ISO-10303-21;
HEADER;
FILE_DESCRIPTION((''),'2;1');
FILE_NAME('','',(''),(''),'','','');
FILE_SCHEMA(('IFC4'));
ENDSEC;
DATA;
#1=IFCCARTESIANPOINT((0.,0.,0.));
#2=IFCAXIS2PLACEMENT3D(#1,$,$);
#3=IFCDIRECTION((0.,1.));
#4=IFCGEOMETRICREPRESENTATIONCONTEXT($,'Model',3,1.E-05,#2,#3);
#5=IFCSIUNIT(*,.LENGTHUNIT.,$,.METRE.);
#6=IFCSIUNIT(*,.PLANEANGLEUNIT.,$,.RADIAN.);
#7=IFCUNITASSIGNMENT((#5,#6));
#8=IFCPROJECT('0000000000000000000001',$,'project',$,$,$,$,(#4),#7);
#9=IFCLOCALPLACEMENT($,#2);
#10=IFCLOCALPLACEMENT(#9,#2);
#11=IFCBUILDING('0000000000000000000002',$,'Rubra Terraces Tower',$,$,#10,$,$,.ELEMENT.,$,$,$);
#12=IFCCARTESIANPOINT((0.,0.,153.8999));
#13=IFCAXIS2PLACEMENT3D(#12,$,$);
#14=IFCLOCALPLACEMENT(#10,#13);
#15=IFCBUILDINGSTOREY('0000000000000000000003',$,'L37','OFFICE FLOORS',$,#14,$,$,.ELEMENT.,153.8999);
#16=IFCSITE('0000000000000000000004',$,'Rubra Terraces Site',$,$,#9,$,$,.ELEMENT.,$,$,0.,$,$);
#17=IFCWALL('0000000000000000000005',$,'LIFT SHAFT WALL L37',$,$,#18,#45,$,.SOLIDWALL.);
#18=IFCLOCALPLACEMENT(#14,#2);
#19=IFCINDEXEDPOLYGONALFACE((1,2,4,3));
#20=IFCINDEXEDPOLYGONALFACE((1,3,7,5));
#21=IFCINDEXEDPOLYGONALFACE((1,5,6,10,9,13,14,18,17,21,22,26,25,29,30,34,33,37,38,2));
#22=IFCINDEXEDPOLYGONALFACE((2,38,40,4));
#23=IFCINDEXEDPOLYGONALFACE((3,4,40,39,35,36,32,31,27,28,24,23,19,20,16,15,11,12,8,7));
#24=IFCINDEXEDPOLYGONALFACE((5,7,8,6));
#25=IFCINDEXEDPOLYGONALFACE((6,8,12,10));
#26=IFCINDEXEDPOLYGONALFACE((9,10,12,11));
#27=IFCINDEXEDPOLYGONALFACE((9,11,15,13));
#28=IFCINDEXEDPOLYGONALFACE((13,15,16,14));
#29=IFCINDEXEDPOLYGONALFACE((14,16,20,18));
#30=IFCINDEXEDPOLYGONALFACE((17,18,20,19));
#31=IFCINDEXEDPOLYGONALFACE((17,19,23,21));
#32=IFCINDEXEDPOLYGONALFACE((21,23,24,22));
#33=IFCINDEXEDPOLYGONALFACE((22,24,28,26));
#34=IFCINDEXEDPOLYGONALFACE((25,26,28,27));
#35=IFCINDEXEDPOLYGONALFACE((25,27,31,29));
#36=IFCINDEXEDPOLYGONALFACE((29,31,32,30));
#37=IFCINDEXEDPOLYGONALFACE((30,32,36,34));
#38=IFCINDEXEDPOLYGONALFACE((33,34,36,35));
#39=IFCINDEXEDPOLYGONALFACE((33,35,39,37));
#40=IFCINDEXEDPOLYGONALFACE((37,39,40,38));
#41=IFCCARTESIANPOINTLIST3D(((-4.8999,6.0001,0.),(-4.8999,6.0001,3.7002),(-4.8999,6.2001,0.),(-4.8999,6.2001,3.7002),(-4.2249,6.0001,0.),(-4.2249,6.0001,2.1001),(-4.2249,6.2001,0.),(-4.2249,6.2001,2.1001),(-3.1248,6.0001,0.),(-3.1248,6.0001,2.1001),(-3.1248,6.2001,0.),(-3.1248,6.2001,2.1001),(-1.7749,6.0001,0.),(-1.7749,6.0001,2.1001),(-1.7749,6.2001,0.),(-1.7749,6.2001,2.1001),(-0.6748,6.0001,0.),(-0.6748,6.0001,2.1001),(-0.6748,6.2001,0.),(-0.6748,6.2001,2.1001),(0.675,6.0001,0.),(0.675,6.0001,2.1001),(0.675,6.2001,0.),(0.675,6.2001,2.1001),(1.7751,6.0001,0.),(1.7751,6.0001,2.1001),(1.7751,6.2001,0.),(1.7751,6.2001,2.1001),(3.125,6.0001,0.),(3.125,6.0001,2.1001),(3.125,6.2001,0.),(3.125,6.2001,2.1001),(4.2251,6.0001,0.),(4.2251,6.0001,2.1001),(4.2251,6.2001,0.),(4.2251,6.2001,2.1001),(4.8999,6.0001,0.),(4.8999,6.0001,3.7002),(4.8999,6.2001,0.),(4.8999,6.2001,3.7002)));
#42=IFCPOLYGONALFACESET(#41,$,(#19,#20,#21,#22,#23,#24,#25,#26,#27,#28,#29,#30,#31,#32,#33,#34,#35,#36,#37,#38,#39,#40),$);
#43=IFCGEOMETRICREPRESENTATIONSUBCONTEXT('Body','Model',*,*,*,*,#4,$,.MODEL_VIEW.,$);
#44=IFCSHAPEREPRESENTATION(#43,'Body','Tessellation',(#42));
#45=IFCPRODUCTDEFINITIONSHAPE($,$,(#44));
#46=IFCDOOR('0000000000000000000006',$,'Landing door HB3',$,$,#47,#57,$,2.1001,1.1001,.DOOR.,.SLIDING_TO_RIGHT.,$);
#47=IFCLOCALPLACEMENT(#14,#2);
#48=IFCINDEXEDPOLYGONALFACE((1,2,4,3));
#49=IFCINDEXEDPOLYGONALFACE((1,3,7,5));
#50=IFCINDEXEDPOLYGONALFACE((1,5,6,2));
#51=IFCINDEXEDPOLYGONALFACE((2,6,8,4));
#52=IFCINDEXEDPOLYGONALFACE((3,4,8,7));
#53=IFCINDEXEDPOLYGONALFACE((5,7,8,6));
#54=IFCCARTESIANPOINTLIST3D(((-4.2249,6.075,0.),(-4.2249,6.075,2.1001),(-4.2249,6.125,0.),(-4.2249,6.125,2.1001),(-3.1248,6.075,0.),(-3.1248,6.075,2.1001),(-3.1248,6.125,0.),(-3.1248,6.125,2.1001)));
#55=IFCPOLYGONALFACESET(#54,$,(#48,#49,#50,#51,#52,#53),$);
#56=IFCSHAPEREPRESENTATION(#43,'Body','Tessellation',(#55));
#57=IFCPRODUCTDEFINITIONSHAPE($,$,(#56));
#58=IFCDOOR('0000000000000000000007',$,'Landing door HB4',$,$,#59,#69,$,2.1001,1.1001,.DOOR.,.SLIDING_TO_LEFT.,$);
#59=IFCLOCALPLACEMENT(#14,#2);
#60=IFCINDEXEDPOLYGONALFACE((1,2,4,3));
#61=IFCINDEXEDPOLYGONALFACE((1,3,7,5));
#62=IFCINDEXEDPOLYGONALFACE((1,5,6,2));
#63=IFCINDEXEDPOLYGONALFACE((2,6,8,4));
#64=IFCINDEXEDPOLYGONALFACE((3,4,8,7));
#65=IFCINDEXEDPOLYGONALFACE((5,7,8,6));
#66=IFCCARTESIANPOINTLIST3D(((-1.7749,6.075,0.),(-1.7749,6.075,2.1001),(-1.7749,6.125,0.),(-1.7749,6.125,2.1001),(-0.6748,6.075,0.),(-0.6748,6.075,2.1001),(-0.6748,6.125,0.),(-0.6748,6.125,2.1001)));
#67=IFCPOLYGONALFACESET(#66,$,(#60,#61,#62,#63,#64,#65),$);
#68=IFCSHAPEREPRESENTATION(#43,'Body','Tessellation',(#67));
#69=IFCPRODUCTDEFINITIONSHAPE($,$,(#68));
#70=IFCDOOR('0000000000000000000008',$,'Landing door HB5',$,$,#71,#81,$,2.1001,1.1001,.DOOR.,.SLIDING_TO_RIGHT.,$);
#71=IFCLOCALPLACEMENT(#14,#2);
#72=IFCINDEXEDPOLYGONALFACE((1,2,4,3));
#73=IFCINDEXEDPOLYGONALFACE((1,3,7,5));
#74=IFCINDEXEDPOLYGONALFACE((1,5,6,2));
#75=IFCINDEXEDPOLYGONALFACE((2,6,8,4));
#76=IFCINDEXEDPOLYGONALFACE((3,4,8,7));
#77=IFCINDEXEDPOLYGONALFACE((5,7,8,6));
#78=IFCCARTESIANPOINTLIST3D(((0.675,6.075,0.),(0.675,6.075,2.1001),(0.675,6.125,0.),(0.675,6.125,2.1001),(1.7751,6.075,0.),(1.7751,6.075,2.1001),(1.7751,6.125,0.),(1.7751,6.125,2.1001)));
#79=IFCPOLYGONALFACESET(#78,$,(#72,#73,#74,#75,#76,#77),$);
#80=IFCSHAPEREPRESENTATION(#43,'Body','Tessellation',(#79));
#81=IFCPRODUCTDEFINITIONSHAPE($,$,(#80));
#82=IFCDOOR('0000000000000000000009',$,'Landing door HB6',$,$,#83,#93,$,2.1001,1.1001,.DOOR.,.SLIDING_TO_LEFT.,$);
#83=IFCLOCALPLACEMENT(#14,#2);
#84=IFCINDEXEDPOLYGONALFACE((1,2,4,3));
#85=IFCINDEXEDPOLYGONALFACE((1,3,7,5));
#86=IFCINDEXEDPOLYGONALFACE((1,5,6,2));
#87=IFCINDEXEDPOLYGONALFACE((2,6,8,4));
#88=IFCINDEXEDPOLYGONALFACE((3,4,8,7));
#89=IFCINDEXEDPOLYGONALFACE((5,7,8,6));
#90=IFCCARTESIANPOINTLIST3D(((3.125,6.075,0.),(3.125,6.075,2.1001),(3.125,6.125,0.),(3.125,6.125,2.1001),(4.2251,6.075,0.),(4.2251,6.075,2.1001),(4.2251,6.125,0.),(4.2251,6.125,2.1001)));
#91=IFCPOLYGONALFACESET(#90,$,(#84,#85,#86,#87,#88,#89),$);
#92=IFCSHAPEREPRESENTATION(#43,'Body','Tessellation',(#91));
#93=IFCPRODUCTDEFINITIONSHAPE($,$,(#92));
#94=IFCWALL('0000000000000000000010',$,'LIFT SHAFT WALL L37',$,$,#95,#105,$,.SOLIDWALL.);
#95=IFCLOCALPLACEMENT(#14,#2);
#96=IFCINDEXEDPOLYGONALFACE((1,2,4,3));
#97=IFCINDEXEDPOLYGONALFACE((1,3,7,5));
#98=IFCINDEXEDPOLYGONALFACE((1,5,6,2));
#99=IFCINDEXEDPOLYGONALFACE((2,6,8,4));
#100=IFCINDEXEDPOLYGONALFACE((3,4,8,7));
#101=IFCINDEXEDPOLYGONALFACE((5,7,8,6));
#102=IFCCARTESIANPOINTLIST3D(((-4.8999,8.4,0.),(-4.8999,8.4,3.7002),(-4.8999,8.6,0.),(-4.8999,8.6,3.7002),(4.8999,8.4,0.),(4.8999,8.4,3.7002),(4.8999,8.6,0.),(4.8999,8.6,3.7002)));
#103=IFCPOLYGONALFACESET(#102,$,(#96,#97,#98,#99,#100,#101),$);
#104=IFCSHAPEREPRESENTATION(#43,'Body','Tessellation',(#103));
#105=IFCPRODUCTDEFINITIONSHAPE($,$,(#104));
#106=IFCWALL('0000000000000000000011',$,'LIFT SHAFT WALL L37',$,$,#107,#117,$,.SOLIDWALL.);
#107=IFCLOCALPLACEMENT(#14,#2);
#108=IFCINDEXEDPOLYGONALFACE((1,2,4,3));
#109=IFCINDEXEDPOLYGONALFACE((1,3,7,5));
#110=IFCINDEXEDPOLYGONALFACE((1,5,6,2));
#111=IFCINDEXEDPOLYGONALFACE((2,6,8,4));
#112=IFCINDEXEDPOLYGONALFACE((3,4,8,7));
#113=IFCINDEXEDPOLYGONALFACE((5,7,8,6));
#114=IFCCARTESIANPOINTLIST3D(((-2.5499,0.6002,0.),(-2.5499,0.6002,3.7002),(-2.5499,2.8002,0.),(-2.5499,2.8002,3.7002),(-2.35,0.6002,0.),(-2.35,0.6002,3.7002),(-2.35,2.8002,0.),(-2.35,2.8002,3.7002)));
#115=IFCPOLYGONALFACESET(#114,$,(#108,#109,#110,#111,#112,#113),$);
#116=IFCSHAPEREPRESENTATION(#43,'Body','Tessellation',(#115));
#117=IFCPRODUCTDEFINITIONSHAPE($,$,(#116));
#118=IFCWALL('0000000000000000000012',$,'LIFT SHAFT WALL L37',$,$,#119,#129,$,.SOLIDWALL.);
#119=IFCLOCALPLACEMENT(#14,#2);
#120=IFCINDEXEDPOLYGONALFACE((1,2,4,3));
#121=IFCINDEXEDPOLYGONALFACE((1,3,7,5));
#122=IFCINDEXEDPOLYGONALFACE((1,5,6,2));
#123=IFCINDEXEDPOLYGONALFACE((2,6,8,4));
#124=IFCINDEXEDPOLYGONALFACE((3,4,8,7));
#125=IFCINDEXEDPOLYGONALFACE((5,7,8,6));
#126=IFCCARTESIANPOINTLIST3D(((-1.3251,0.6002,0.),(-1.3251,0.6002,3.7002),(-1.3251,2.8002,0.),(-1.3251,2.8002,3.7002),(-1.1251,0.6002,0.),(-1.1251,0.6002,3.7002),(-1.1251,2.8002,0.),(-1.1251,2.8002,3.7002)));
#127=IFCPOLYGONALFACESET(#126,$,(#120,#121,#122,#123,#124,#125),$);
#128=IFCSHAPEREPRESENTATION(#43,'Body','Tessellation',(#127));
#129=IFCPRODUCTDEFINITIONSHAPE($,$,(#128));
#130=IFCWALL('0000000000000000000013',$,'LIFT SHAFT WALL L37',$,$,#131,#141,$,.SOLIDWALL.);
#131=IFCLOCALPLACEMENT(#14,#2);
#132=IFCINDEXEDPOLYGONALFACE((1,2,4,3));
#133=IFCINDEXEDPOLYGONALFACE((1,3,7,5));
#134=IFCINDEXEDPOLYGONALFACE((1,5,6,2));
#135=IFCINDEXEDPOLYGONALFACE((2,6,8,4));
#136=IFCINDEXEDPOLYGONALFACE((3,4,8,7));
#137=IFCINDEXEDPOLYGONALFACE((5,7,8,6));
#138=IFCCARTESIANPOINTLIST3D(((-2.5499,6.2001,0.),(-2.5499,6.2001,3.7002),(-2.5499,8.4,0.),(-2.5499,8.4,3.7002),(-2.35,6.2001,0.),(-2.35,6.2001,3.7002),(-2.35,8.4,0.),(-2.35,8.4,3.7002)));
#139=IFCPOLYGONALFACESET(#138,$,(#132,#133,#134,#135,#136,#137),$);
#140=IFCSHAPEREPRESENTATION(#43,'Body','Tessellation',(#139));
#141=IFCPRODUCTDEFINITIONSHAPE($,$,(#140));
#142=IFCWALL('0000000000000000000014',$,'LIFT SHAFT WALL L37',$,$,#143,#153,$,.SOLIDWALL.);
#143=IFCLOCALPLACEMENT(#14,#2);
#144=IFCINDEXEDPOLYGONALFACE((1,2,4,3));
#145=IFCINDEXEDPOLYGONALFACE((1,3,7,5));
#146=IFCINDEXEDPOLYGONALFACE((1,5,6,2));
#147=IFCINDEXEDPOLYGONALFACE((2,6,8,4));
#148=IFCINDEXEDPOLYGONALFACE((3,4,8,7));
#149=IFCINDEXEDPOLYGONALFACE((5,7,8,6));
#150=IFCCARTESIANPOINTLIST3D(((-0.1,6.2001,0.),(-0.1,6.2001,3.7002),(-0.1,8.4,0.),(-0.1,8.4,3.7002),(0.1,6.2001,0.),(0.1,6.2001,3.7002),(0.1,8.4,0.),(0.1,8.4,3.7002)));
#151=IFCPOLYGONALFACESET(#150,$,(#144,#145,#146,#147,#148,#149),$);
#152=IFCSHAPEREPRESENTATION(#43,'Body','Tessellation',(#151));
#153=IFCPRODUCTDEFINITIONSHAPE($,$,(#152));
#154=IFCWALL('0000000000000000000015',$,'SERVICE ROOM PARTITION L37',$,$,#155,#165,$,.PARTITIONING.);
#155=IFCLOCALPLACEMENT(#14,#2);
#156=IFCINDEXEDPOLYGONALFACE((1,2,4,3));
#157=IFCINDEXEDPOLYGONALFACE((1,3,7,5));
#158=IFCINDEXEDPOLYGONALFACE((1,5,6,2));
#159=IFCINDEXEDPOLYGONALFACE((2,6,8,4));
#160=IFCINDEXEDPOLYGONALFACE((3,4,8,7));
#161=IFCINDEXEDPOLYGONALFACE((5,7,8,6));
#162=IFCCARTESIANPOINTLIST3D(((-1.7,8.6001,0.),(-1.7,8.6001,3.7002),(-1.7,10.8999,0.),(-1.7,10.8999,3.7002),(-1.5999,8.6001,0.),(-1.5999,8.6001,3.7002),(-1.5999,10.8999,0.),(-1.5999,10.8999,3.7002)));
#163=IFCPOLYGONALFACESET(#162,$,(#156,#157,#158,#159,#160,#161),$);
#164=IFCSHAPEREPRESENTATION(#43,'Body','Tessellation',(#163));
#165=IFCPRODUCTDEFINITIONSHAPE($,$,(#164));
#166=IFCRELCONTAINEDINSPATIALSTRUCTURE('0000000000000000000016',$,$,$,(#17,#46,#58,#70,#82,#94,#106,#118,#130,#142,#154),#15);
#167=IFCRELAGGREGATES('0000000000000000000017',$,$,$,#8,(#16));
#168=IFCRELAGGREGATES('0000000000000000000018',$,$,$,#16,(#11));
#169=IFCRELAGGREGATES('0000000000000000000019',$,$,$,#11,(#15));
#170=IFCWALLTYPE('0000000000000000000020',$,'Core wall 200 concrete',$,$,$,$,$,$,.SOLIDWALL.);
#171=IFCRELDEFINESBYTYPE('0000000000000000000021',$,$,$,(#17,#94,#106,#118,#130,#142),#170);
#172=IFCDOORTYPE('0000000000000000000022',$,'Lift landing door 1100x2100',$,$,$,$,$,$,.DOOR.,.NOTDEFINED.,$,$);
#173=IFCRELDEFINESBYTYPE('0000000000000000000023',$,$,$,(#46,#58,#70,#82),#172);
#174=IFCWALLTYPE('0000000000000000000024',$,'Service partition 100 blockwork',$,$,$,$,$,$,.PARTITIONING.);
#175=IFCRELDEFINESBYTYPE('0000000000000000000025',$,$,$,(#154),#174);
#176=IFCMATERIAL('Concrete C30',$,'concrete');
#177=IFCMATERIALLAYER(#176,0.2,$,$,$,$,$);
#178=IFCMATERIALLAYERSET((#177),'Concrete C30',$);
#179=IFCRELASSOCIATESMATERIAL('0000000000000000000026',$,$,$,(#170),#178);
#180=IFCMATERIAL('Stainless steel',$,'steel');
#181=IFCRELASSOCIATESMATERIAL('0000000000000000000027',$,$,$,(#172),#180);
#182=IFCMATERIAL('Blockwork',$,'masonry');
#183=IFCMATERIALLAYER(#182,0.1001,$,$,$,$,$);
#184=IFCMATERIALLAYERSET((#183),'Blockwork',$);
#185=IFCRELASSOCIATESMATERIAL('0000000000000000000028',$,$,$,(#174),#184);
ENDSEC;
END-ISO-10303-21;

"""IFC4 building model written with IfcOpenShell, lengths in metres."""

from ifc_helpers import new_model, si_unit, direction, frame, frame_2d, origin, place, context, subcontext, project, spatial, rectangle, extrude, material, layer, layer_set, type_object, element, fill, save


model = new_model("IFC4")

# Units and contexts
model_context = context("Model", 3, precision=1e-05, world=origin(), true_north=direction((0.0, 1.0)))
body_context = subcontext(model_context, "Body", "Model", "MODEL_VIEW")
ifc_project = project(units=[si_unit("LENGTHUNIT", "METRE"), si_unit("PLANEANGLEUNIT", "RADIAN")], contexts=[model_context])

# Site, building, storey
site_placement = place(None, origin())
site = spatial("IfcSite", under=ifc_project, at=site_placement, Name="Rubra Terraces Site", CompositionType="ELEMENT", RefElevation=0.0)
building_placement = place(site_placement, origin())
building = spatial("IfcBuilding", under=site, at=building_placement, Name="Rubra Terraces Tower", CompositionType="ELEMENT")
storey_placement = place(building_placement, frame((0.0, 0.0, 153.8999)))
storey = spatial("IfcBuildingStorey", under=building, at=storey_placement, Name="L37", Description="OFFICE FLOORS", CompositionType="ELEMENT", Elevation=153.8999)

# Wall, openings, doors
ifc_material_1 = material(Name="Concrete C30", Category="concrete")
ifc_layer_1 = layer(ifc_material_1, 0.2)
ifc_layer_set_1 = layer_set([ifc_layer_1], Name="Concrete C30")
wall_type_1 = type_object("IfcWallType", Name="Core wall 200 concrete", PredefinedType="SOLIDWALL", material=ifc_layer_set_1)
ifc_material_2 = material(Name="Stainless steel", Category="steel")
door_type_1 = type_object("IfcDoorType", Name="Lift landing door 1100x2100", OperationType="NOTDEFINED", PredefinedType="DOOR", material=ifc_material_2)
wall_1_placement = place(storey_placement, frame((-4.8999, 6.1001, 0.0), z_axis=(0.0, 0.0, 1.0), x_axis=(1.0, 0.0, 0.0)))
wall_1 = element("IfcWall", 1, at=wall_1_placement, inside=storey, type_object=wall_type_1, Name="LIFT SHAFT WALL L37", PredefinedType="SOLIDWALL", context=body_context, shape_type="SweptSolid", body=[
    extrude(rectangle(XDim=9.7998, YDim=0.2, at=frame_2d((4.8999, 0.0))), origin(), (0.0, 0.0, 1.0), 3.7002),
])
opening_1_placement = place(wall_1_placement, frame((0.675, 0.0, 0.0)))
opening_1 = element("IfcOpeningElement", 2, at=opening_1_placement, cuts=wall_1, PredefinedType="OPENING", context=body_context, shape_type="SweptSolid", body=[
    extrude(rectangle(XDim=1.1001, YDim=2.1001, at=frame_2d((0.55, 1.05))), frame((0.0, 0.1099, 0.0), z_axis=(0.0, -1.0, 0.0), x_axis=(1.0, 0.0, 0.0)), (0.0, 0.0, 1.0), 0.22),
])
opening_2_placement = place(wall_1_placement, frame((3.125, 0.0, 0.0)))
opening_2 = element("IfcOpeningElement", 3, at=opening_2_placement, cuts=wall_1, PredefinedType="OPENING", context=body_context, shape_type="SweptSolid", body=[
    extrude(rectangle(XDim=1.1001, YDim=2.1001, at=frame_2d((0.55, 1.05))), frame((0.0, 0.1099, 0.0), z_axis=(0.0, -1.0, 0.0), x_axis=(1.0, 0.0, 0.0)), (0.0, 0.0, 1.0), 0.22),
])
opening_3_placement = place(wall_1_placement, frame((5.575, 0.0, 0.0)))
opening_3 = element("IfcOpeningElement", 4, at=opening_3_placement, cuts=wall_1, PredefinedType="OPENING", context=body_context, shape_type="SweptSolid", body=[
    extrude(rectangle(XDim=1.1001, YDim=2.1001, at=frame_2d((0.55, 1.05))), frame((0.0, 0.1099, 0.0), z_axis=(0.0, -1.0, 0.0), x_axis=(1.0, 0.0, 0.0)), (0.0, 0.0, 1.0), 0.22),
])
opening_4_placement = place(wall_1_placement, frame((8.0249, 0.0, 0.0)))
opening_4 = element("IfcOpeningElement", 5, at=opening_4_placement, cuts=wall_1, PredefinedType="OPENING", context=body_context, shape_type="SweptSolid", body=[
    extrude(rectangle(XDim=1.1001, YDim=2.1001, at=frame_2d((0.55, 1.05))), frame((0.0, 0.1099, 0.0), z_axis=(0.0, -1.0, 0.0), x_axis=(1.0, 0.0, 0.0)), (0.0, 0.0, 1.0), 0.22),
])
door_1_placement = place(opening_1_placement, origin())
door_1 = element("IfcDoor", 6, at=door_1_placement, inside=storey, type_object=door_type_1, Name="Landing door HB3", OperationType="SLIDING_TO_RIGHT", OverallHeight=2.1001, OverallWidth=1.1001, PredefinedType="DOOR", context=body_context, shape_type="SweptSolid", body=[
    extrude(rectangle(XDim=1.1001, YDim=2.1001, at=frame_2d((0.55, 1.05))), frame((0.0, 0.0249, 0.0), z_axis=(0.0, -1.0, 0.0), x_axis=(1.0, 0.0, 0.0)), (0.0, 0.0, 1.0), 0.05),
])
fill(opening_1, door_1)
door_2_placement = place(opening_2_placement, origin())
door_2 = element("IfcDoor", 7, at=door_2_placement, inside=storey, type_object=door_type_1, Name="Landing door HB4", OperationType="SLIDING_TO_LEFT", OverallHeight=2.1001, OverallWidth=1.1001, PredefinedType="DOOR", context=body_context, shape_type="SweptSolid", body=[
    extrude(rectangle(XDim=1.1001, YDim=2.1001, at=frame_2d((0.55, 1.05))), frame((0.0, 0.0249, 0.0), z_axis=(0.0, -1.0, 0.0), x_axis=(1.0, 0.0, 0.0)), (0.0, 0.0, 1.0), 0.05),
])
fill(opening_2, door_2)
door_3_placement = place(opening_3_placement, origin())
door_3 = element("IfcDoor", 8, at=door_3_placement, inside=storey, type_object=door_type_1, Name="Landing door HB5", OperationType="SLIDING_TO_RIGHT", OverallHeight=2.1001, OverallWidth=1.1001, PredefinedType="DOOR", context=body_context, shape_type="SweptSolid", body=[
    extrude(rectangle(XDim=1.1001, YDim=2.1001, at=frame_2d((0.55, 1.05))), frame((0.0, 0.0249, 0.0), z_axis=(0.0, -1.0, 0.0), x_axis=(1.0, 0.0, 0.0)), (0.0, 0.0, 1.0), 0.05),
])
fill(opening_3, door_3)
door_4_placement = place(opening_4_placement, origin())
door_4 = element("IfcDoor", 9, at=door_4_placement, inside=storey, type_object=door_type_1, Name="Landing door HB6", OperationType="SLIDING_TO_LEFT", OverallHeight=2.1001, OverallWidth=1.1001, PredefinedType="DOOR", context=body_context, shape_type="SweptSolid", body=[
    extrude(rectangle(XDim=1.1001, YDim=2.1001, at=frame_2d((0.55, 1.05))), frame((0.0, 0.0249, 0.0), z_axis=(0.0, -1.0, 0.0), x_axis=(1.0, 0.0, 0.0)), (0.0, 0.0, 1.0), 0.05),
])
fill(opening_4, door_4)

# Walls
wall_2_placement = place(storey_placement, frame((-4.8999, 8.5, 0.0), z_axis=(0.0, 0.0, 1.0), x_axis=(1.0, 0.0, 0.0)))
element("IfcWall", 10, at=wall_2_placement, inside=storey, type_object=wall_type_1, Name="LIFT SHAFT WALL L37", PredefinedType="SOLIDWALL", context=body_context, shape_type="SweptSolid", body=[
    extrude(rectangle(XDim=9.7998, YDim=0.2, at=frame_2d((4.8999, 0.0))), origin(), (0.0, 0.0, 1.0), 3.7002),
])
for number, where, z_axis, x_axis, name in (
    (11, (-2.45, 0.6001, 0.0), (0.0, 0.0, 1.0), (0.0, 1.0, 0.0), "LIFT SHAFT WALL L37"),
    (12, (-1.2251, 0.6001, 0.0), (0.0, 0.0, 1.0), (0.0, 1.0, 0.0), "LIFT SHAFT WALL L37"),
    (13, (-2.45, 6.2, 0.0), (0.0, 0.0, 1.0), (0.0, 1.0, 0.0), "LIFT SHAFT WALL L37"),
    (14, (0.0, 6.2, 0.0), (0.0, 0.0, 1.0), (0.0, 1.0, 0.0), "LIFT SHAFT WALL L37"),
):
    element("IfcWall", number, at=place(storey_placement, frame(where, z_axis=z_axis, x_axis=x_axis)), inside=storey, type_object=wall_type_1, Name=name, PredefinedType="SOLIDWALL", context=body_context, shape_type="SweptSolid", body=[
        extrude(rectangle(XDim=2.2, YDim=0.2, at=frame_2d((1.1001, 0.0))), origin(), (0.0, 0.0, 1.0), 3.7002),
    ])
ifc_material_3 = material(Name="Blockwork", Category="masonry")
ifc_layer_2 = layer(ifc_material_3, 0.1001)
ifc_layer_set_2 = layer_set([ifc_layer_2], Name="Blockwork")
wall_type_2 = type_object("IfcWallType", Name="Service partition 100 blockwork", PredefinedType="PARTITIONING", material=ifc_layer_set_2)
wall_3_placement = place(storey_placement, frame((-1.6499, 8.6001, 0.0), z_axis=(0.0, 0.0, 1.0), x_axis=(0.0, 1.0, 0.0)))
element("IfcWall", 15, at=wall_3_placement, inside=storey, type_object=wall_type_2, Name="SERVICE ROOM PARTITION L37", PredefinedType="PARTITIONING", context=body_context, shape_type="SweptSolid", body=[
    extrude(rectangle(XDim=2.2998, YDim=0.1001, at=frame_2d((1.1499, 0.0))), origin(), (0.0, 0.0, 1.0), 3.7002),
])

save(model, "model.ifc")
